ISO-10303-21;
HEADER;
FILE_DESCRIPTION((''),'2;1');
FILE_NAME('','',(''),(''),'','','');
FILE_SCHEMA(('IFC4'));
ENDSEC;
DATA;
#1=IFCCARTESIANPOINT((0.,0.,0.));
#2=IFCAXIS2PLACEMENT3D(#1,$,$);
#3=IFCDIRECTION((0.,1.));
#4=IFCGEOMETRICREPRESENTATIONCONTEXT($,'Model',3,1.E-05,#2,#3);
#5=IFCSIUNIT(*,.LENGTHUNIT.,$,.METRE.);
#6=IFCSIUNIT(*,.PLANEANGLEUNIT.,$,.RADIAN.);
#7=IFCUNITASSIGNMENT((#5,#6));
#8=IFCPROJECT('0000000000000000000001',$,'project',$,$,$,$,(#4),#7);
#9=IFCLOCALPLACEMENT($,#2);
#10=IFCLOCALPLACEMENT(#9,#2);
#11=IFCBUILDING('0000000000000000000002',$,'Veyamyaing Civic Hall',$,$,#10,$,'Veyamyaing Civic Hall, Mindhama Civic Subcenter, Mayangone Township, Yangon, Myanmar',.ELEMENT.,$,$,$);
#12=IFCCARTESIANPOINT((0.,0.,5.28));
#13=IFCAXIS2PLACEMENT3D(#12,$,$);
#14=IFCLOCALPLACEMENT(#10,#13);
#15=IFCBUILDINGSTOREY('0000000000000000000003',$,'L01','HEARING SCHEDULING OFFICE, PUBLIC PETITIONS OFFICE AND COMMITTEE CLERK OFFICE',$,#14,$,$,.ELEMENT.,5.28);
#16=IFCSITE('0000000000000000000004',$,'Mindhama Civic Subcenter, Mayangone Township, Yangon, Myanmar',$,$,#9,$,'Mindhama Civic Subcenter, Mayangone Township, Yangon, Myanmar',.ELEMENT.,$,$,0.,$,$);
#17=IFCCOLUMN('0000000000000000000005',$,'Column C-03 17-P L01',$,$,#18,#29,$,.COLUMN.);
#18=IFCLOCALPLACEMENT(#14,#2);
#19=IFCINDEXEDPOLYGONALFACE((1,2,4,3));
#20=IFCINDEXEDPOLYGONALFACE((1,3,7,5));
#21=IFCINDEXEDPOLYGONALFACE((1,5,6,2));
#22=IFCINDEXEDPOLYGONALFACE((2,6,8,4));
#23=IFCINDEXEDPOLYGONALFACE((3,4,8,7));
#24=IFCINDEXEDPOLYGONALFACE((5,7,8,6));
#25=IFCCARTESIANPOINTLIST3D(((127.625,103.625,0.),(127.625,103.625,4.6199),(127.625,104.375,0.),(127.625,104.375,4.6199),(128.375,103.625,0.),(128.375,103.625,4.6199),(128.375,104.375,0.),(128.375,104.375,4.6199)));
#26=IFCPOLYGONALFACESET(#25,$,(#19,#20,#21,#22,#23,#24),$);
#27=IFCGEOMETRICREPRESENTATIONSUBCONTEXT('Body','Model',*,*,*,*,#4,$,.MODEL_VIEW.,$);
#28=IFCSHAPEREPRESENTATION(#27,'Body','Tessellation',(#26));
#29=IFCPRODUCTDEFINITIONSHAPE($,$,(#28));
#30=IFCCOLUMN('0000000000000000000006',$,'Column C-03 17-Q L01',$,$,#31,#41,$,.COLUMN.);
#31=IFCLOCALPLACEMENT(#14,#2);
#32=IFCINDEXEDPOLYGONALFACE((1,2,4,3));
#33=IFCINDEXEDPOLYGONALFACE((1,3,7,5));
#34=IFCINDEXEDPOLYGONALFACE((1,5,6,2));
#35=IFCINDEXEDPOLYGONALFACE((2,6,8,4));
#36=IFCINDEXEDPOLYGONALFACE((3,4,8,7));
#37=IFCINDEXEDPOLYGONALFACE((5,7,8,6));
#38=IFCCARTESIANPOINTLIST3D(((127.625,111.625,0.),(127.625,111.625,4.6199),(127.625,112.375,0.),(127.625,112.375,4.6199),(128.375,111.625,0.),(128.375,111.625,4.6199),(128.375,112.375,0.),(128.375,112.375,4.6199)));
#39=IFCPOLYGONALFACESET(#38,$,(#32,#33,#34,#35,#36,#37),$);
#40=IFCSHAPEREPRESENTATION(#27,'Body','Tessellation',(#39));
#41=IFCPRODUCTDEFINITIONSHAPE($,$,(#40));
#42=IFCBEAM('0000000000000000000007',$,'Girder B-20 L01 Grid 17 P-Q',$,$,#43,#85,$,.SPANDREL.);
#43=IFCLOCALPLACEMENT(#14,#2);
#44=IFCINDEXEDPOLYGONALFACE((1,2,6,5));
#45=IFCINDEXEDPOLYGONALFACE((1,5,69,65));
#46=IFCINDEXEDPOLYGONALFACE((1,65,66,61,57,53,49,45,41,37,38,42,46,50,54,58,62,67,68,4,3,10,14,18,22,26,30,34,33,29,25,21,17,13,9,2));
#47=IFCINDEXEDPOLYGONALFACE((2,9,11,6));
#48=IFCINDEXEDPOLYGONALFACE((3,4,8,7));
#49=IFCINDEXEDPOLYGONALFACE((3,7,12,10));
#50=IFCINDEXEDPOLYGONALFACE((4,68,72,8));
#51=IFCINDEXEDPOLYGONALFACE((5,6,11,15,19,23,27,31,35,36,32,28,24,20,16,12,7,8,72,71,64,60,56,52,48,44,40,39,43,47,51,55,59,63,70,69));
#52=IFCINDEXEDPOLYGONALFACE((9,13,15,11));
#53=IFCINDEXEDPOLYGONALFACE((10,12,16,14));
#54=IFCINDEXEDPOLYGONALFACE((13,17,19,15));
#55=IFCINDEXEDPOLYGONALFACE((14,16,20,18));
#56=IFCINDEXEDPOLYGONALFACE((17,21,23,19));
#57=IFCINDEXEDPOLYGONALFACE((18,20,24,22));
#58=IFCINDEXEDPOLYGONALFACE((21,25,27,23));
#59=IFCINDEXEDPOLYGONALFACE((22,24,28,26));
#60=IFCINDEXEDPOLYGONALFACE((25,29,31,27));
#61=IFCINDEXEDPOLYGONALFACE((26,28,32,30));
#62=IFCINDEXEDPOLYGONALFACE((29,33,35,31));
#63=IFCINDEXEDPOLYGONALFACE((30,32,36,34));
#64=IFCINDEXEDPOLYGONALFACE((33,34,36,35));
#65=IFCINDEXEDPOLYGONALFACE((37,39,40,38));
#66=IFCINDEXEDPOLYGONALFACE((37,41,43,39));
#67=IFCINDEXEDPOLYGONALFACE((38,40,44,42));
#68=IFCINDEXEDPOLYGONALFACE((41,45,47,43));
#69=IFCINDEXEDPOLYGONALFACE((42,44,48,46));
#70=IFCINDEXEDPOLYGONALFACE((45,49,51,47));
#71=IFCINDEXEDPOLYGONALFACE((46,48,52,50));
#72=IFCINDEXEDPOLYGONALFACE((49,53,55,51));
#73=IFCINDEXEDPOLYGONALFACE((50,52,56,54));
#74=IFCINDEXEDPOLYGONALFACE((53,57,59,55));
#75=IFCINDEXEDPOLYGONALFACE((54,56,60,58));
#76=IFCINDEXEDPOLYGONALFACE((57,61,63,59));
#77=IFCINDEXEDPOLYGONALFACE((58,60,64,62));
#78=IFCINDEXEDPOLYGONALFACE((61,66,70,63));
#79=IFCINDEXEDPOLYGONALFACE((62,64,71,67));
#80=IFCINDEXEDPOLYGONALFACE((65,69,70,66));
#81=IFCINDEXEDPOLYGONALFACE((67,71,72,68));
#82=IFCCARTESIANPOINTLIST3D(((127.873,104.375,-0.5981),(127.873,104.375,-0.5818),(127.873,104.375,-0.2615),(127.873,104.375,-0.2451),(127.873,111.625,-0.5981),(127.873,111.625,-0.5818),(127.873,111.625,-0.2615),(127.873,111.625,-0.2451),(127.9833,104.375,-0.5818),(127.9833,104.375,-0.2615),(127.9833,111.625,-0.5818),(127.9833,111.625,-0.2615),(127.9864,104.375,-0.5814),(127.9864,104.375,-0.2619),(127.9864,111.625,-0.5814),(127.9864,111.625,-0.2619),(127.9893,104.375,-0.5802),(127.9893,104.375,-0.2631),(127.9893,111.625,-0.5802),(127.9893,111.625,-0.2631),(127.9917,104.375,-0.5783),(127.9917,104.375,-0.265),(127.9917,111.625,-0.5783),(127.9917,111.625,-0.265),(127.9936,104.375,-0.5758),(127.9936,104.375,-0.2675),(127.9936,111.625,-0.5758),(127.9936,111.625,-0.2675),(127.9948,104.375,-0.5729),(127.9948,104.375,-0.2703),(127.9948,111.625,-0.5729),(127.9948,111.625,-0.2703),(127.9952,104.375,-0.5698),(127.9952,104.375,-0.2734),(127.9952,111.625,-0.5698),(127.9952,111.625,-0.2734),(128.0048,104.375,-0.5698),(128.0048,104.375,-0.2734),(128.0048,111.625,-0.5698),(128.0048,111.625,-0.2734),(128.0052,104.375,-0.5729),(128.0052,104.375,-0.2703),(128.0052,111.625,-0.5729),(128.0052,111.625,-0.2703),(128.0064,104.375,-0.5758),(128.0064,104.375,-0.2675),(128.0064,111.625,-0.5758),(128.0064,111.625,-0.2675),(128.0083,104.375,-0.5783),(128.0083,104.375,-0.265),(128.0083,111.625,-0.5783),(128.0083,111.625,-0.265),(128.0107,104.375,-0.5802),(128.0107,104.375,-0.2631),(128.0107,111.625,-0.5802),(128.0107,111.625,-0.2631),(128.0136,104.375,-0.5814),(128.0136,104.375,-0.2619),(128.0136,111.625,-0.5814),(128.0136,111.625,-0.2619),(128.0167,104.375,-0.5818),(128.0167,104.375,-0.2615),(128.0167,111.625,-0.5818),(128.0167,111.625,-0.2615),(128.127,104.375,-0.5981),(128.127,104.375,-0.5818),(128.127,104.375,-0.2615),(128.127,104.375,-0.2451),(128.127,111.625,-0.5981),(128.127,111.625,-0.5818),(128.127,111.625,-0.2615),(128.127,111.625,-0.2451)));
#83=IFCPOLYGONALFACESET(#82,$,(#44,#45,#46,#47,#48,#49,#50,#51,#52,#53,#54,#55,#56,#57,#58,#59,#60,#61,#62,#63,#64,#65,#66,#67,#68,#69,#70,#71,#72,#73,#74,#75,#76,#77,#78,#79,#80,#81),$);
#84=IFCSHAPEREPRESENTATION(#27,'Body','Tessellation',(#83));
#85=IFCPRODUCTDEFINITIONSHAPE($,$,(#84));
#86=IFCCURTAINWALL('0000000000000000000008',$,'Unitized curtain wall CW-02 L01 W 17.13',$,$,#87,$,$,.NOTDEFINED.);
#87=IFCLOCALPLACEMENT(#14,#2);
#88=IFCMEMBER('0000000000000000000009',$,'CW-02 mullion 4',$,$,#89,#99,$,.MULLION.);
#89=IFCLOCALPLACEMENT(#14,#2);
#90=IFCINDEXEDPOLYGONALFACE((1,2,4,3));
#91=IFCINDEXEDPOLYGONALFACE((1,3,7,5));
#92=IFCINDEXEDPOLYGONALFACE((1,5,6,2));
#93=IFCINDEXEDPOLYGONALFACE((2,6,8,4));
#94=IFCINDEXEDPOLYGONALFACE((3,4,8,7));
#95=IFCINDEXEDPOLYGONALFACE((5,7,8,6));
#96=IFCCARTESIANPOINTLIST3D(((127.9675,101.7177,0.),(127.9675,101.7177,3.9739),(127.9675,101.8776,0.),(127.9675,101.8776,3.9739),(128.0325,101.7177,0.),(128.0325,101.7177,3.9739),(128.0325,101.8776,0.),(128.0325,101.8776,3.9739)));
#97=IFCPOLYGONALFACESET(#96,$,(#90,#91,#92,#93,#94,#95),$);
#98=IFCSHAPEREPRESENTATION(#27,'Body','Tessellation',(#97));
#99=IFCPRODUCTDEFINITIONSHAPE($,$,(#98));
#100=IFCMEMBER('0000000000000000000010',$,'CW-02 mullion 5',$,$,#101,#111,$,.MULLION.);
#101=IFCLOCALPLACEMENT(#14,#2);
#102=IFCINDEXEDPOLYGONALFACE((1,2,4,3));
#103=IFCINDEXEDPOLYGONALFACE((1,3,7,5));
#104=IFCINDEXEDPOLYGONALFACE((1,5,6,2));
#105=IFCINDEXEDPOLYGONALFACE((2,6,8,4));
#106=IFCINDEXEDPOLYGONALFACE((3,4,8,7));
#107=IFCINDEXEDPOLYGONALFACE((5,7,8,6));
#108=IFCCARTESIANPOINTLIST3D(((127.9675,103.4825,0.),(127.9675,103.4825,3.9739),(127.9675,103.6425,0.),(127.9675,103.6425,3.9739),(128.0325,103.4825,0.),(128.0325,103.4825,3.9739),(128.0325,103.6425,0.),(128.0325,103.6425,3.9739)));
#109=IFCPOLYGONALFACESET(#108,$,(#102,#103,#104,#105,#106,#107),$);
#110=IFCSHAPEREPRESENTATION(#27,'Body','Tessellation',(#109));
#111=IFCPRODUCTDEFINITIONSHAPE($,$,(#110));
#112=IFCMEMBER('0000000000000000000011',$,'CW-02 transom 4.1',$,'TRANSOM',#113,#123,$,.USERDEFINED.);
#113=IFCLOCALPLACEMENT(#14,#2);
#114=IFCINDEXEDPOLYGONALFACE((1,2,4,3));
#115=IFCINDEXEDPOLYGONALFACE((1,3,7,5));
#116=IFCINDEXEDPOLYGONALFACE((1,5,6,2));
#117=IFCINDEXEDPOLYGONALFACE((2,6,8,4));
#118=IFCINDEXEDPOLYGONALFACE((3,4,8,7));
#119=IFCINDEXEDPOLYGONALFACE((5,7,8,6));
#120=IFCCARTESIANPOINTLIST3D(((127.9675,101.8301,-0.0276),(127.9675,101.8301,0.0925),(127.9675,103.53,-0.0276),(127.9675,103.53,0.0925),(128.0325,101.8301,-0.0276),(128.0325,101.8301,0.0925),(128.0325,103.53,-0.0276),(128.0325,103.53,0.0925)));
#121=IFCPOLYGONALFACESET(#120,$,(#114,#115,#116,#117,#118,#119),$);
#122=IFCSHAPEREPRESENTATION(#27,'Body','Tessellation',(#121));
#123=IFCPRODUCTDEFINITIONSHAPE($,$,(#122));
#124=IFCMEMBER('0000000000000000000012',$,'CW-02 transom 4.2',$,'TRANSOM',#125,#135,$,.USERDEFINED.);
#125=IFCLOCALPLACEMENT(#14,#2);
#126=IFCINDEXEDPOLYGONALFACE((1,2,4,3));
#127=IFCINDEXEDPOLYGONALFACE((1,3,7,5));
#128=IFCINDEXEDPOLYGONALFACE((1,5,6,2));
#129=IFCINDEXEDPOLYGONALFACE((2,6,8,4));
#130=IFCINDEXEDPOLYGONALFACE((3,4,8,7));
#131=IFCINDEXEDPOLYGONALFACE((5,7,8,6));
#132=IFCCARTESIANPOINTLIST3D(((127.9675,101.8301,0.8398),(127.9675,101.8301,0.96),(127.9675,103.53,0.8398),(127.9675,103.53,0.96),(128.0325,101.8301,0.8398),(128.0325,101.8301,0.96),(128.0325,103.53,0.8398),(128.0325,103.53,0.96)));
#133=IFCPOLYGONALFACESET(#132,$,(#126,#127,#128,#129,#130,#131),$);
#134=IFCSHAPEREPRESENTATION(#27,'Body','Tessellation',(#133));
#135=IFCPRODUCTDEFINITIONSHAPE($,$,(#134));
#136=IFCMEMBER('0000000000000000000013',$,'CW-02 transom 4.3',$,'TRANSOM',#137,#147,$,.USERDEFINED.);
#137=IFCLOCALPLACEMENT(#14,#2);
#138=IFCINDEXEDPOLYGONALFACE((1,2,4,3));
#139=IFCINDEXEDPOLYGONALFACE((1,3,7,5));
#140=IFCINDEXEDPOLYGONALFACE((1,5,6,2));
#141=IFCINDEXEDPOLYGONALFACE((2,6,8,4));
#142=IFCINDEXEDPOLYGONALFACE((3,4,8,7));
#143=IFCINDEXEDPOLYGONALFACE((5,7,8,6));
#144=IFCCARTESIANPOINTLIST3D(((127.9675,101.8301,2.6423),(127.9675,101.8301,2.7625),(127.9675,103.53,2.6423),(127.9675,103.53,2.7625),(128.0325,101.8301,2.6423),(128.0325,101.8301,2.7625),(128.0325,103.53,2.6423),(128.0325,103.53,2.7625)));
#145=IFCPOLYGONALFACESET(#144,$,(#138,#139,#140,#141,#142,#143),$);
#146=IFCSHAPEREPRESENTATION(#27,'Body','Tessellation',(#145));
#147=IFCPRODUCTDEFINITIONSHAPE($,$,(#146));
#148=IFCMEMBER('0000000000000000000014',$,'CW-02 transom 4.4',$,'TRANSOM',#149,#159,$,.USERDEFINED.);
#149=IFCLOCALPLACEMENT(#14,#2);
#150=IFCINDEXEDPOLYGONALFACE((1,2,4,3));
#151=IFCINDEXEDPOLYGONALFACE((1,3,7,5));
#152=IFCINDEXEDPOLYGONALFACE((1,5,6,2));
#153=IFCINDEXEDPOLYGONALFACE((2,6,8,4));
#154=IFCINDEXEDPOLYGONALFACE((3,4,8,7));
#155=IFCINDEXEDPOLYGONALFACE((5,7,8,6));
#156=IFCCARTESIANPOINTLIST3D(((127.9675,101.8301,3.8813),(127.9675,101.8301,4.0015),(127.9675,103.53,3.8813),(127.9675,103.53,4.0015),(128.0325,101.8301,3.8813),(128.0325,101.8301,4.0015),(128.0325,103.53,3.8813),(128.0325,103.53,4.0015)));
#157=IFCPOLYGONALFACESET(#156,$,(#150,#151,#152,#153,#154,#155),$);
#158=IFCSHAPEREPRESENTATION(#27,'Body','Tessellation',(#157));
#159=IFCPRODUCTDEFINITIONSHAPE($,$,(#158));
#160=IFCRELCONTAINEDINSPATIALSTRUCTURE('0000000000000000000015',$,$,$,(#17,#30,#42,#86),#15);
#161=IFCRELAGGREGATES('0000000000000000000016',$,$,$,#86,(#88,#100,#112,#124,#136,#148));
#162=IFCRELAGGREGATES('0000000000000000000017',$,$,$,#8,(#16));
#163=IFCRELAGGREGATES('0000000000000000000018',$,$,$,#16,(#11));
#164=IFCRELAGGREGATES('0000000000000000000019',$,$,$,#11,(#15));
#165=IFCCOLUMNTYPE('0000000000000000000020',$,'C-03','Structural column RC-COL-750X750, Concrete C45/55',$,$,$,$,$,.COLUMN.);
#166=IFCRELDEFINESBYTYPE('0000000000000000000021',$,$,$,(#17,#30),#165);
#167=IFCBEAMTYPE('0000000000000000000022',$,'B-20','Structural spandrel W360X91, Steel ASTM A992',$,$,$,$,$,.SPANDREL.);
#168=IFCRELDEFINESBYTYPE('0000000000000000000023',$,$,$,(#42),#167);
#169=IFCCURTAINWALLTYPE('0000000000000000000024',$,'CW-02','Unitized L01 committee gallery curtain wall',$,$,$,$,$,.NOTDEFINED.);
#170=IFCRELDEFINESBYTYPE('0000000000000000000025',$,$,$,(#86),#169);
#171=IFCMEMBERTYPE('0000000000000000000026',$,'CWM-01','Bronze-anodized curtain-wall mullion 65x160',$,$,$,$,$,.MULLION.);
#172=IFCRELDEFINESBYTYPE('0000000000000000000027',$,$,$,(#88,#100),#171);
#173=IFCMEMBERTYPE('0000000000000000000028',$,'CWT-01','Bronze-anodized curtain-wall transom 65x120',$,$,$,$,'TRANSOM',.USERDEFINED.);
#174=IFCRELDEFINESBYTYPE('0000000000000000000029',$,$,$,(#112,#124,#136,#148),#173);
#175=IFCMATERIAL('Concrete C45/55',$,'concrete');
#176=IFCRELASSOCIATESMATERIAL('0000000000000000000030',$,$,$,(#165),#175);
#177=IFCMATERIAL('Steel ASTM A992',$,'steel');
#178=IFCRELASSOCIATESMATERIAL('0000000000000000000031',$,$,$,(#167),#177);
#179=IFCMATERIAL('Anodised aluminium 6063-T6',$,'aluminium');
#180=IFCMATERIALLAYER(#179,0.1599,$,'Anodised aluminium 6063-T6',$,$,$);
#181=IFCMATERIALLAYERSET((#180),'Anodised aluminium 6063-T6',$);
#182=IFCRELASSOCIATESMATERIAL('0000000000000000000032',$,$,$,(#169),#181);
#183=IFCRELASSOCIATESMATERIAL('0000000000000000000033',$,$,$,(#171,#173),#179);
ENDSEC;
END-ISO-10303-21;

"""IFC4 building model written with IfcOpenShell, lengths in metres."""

from ifc_helpers import new_model, si_unit, direction, frame, origin, origin_2d, place, context, subcontext, project, spatial, rectangle, i_section, extrude, material, layer, layer_set, material_profile, profile_set, type_object, element, aggregate, save


model = new_model("IFC4")

# Units and contexts
model_context = context("Model", 3, precision=1e-05, world=origin(), true_north=direction((0.0, 1.0)))
body_context = subcontext(model_context, "Body", "Model", "MODEL_VIEW")
ifc_project = project(units=[si_unit("LENGTHUNIT", "METRE"), si_unit("PLANEANGLEUNIT", "RADIAN")], contexts=[model_context])

# Site, building, storey
site_placement = place(None, origin())
site = spatial("IfcSite", under=ifc_project, at=site_placement, Name="Mindhama Civic Subcenter, Mayangone Township, Yangon, Myanmar", LongName="Mindhama Civic Subcenter, Mayangone Township, Yangon, Myanmar", CompositionType="ELEMENT", RefElevation=0.0)
building_placement = place(site_placement, origin())
building = spatial("IfcBuilding", under=site, at=building_placement, Name="Veyamyaing Civic Hall", LongName="Veyamyaing Civic Hall, Mindhama Civic Subcenter, Mayangone Township, Yangon, Myanmar", CompositionType="ELEMENT")
storey_placement = place(building_placement, frame((0.0, 0.0, 5.28)))
storey = spatial("IfcBuildingStorey", under=building, at=storey_placement, Name="L01", Description="HEARING SCHEDULING OFFICE, PUBLIC PETITIONS OFFICE AND COMMITTEE CLERK OFFICE", CompositionType="ELEMENT", Elevation=5.28)

# Columns
ifc_material_1 = material(Name="Concrete C45/55", Category="concrete")
ifc_material_profile_1 = material_profile(ifc_material_1, rectangle(XDim=0.75, YDim=0.75, at=origin_2d()), Name="RC-COL-750X750")
ifc_profile_set_1 = profile_set([ifc_material_profile_1], Name="Concrete C45/55")
column_type = type_object("IfcColumnType", Name="C-03", Description="Structural column RC-COL-750X750, Concrete C45/55", PredefinedType="COLUMN", material=ifc_profile_set_1)
for number, where, z_axis, x_axis, name in (
    (1, (128.0, 104.0, 0.0), (0.0, 0.0, 1.0), (1.0, 0.0, 0.0), "Column C-03 17-P L01"),
    (2, (128.0, 112.0, 0.0), (0.0, 0.0, 1.0), (1.0, 0.0, 0.0), "Column C-03 17-Q L01"),
):
    element("IfcColumn", number, at=place(storey_placement, frame(where, z_axis=z_axis, x_axis=x_axis)), inside=storey, type_object=column_type, Name=name, PredefinedType="COLUMN", context=body_context, shape_type="SweptSolid", body=[
        extrude(rectangle(XDim=0.75, YDim=0.75, at=origin_2d()), origin(), (0.0, 0.0, 1.0), 4.6199),
    ])

# Beam
ifc_material_2 = material(Name="Steel ASTM A992", Category="steel")
ifc_material_profile_2 = material_profile(ifc_material_2, i_section(OverallWidth=0.2539, OverallDepth=0.353, WebThickness=0.0095, FlangeThickness=0.0164, FilletRadius=0.012, at=origin_2d()), Name="W360X91")
ifc_profile_set_2 = profile_set([ifc_material_profile_2], Name="Steel ASTM A992")
beam_type_1 = type_object("IfcBeamType", Name="B-20", Description="Structural spandrel W360X91, Steel ASTM A992", PredefinedType="SPANDREL", material=ifc_profile_set_2)
beam_1_placement = place(storey_placement, frame((128.0, 104.375, -0.4216), z_axis=(0.0, 1.0, 0.0), x_axis=(-1.0, 0.0, 0.0)))
element("IfcBeam", 3, at=beam_1_placement, inside=storey, type_object=beam_type_1, Name="Girder B-20 L01 Grid 17 P-Q", PredefinedType="SPANDREL", context=body_context, shape_type="SweptSolid", body=[
    extrude(i_section(OverallWidth=0.2539, OverallDepth=0.353, WebThickness=0.0095, FlangeThickness=0.0164, FilletRadius=0.012, at=origin_2d()), origin(), (0.0, 0.0, 1.0), 7.25),
])

# Curtain wall, members
ifc_material_3 = material(Name="Anodised aluminium 6063-T6", Category="aluminium")
ifc_layer_1 = layer(ifc_material_3, 0.1599, Name="Anodised aluminium 6063-T6")
ifc_layer_set_1 = layer_set([ifc_layer_1], Name="Anodised aluminium 6063-T6")
curtain_wall_type = type_object("IfcCurtainWallType", Name="CW-02", Description="Unitized L01 committee gallery curtain wall", PredefinedType="NOTDEFINED", material=ifc_layer_set_1)
curtain_wall_placement = place(storey_placement, origin())
curtain_wall = element("IfcCurtainWall", 4, at=curtain_wall_placement, inside=storey, type_object=curtain_wall_type, Name="Unitized curtain wall CW-02 L01 W 17.13", PredefinedType="NOTDEFINED")
ifc_material_profile_3 = material_profile(ifc_material_3, rectangle(XDim=0.0649, YDim=0.1599, at=origin_2d()), Name="ALU-MUL-65X160")
ifc_profile_set_3 = profile_set([ifc_material_profile_3], Name="Anodised aluminium 6063-T6")
member_type_1 = type_object("IfcMemberType", Name="CWM-01", Description="Bronze-anodized curtain-wall mullion 65x160", PredefinedType="MULLION", material=ifc_profile_set_3)
member_1_placement = place(storey_placement, frame((128.0, 101.7976, 0.0), z_axis=(0.0, 0.0, 1.0), x_axis=(-1.0, 0.0, 0.0)))
member_1 = element("IfcMember", 5, at=member_1_placement, type_object=member_type_1, Name="CW-02 mullion 4", PredefinedType="MULLION", context=body_context, shape_type="SweptSolid", body=[
    extrude(rectangle(XDim=0.0649, YDim=0.1599, at=origin_2d()), origin(), (0.0, 0.0, 1.0), 3.9739),
])
member_2_placement = place(storey_placement, frame((128.0, 103.5625, 0.0), z_axis=(0.0, 0.0, 1.0), x_axis=(-1.0, 0.0, 0.0)))
member_2 = element("IfcMember", 6, at=member_2_placement, type_object=member_type_1, Name="CW-02 mullion 5", PredefinedType="MULLION", context=body_context, shape_type="SweptSolid", body=[
    extrude(rectangle(XDim=0.0649, YDim=0.1599, at=origin_2d()), origin(), (0.0, 0.0, 1.0), 3.9739),
])
ifc_material_profile_4 = material_profile(ifc_material_3, rectangle(XDim=0.0649, YDim=0.1201, at=origin_2d()), Name="ALU-TRN-65X120")
ifc_profile_set_4 = profile_set([ifc_material_profile_4], Name="Anodised aluminium 6063-T6")
member_type_2 = type_object("IfcMemberType", Name="CWT-01", Description="Bronze-anodized curtain-wall transom 65x120", ElementType="TRANSOM", PredefinedType="USERDEFINED", material=ifc_profile_set_4)
member_3_placement = place(storey_placement, frame((128.0, 101.8301, 0.0325), z_axis=(0.0, 1.0, 0.0), x_axis=(-1.0, 0.0, 0.0)))
member_3 = element("IfcMember", 7, at=member_3_placement, type_object=member_type_2, Name="CW-02 transom 4.1", ObjectType="TRANSOM", PredefinedType="USERDEFINED", context=body_context, shape_type="SweptSolid", body=[
    extrude(rectangle(XDim=0.0649, YDim=0.1201, at=origin_2d()), origin(), (0.0, 0.0, 1.0), 1.7),
])
member_4_placement = place(storey_placement, frame((128.0, 101.8301, 0.8999), z_axis=(0.0, 1.0, 0.0), x_axis=(-1.0, 0.0, 0.0)))
member_4 = element("IfcMember", 8, at=member_4_placement, type_object=member_type_2, Name="CW-02 transom 4.2", ObjectType="TRANSOM", PredefinedType="USERDEFINED", context=body_context, shape_type="SweptSolid", body=[
    extrude(rectangle(XDim=0.0649, YDim=0.1201, at=origin_2d()), origin(), (0.0, 0.0, 1.0), 1.7),
])
member_5_placement = place(storey_placement, frame((128.0, 101.8301, 2.7024), z_axis=(0.0, 1.0, 0.0), x_axis=(-1.0, 0.0, 0.0)))
member_5 = element("IfcMember", 9, at=member_5_placement, type_object=member_type_2, Name="CW-02 transom 4.3", ObjectType="TRANSOM", PredefinedType="USERDEFINED", context=body_context, shape_type="SweptSolid", body=[
    extrude(rectangle(XDim=0.0649, YDim=0.1201, at=origin_2d()), origin(), (0.0, 0.0, 1.0), 1.7),
])
member_6_placement = place(storey_placement, frame((128.0, 101.8301, 3.9414), z_axis=(0.0, 1.0, 0.0), x_axis=(-1.0, 0.0, 0.0)))
member_6 = element("IfcMember", 10, at=member_6_placement, type_object=member_type_2, Name="CW-02 transom 4.4", ObjectType="TRANSOM", PredefinedType="USERDEFINED", context=body_context, shape_type="SweptSolid", body=[
    extrude(rectangle(XDim=0.0649, YDim=0.1201, at=origin_2d()), origin(), (0.0, 0.0, 1.0), 1.7),
])

aggregate(curtain_wall, [member_1, member_2, member_3, member_4, member_5, member_6])

save(model, "model.ifc")
